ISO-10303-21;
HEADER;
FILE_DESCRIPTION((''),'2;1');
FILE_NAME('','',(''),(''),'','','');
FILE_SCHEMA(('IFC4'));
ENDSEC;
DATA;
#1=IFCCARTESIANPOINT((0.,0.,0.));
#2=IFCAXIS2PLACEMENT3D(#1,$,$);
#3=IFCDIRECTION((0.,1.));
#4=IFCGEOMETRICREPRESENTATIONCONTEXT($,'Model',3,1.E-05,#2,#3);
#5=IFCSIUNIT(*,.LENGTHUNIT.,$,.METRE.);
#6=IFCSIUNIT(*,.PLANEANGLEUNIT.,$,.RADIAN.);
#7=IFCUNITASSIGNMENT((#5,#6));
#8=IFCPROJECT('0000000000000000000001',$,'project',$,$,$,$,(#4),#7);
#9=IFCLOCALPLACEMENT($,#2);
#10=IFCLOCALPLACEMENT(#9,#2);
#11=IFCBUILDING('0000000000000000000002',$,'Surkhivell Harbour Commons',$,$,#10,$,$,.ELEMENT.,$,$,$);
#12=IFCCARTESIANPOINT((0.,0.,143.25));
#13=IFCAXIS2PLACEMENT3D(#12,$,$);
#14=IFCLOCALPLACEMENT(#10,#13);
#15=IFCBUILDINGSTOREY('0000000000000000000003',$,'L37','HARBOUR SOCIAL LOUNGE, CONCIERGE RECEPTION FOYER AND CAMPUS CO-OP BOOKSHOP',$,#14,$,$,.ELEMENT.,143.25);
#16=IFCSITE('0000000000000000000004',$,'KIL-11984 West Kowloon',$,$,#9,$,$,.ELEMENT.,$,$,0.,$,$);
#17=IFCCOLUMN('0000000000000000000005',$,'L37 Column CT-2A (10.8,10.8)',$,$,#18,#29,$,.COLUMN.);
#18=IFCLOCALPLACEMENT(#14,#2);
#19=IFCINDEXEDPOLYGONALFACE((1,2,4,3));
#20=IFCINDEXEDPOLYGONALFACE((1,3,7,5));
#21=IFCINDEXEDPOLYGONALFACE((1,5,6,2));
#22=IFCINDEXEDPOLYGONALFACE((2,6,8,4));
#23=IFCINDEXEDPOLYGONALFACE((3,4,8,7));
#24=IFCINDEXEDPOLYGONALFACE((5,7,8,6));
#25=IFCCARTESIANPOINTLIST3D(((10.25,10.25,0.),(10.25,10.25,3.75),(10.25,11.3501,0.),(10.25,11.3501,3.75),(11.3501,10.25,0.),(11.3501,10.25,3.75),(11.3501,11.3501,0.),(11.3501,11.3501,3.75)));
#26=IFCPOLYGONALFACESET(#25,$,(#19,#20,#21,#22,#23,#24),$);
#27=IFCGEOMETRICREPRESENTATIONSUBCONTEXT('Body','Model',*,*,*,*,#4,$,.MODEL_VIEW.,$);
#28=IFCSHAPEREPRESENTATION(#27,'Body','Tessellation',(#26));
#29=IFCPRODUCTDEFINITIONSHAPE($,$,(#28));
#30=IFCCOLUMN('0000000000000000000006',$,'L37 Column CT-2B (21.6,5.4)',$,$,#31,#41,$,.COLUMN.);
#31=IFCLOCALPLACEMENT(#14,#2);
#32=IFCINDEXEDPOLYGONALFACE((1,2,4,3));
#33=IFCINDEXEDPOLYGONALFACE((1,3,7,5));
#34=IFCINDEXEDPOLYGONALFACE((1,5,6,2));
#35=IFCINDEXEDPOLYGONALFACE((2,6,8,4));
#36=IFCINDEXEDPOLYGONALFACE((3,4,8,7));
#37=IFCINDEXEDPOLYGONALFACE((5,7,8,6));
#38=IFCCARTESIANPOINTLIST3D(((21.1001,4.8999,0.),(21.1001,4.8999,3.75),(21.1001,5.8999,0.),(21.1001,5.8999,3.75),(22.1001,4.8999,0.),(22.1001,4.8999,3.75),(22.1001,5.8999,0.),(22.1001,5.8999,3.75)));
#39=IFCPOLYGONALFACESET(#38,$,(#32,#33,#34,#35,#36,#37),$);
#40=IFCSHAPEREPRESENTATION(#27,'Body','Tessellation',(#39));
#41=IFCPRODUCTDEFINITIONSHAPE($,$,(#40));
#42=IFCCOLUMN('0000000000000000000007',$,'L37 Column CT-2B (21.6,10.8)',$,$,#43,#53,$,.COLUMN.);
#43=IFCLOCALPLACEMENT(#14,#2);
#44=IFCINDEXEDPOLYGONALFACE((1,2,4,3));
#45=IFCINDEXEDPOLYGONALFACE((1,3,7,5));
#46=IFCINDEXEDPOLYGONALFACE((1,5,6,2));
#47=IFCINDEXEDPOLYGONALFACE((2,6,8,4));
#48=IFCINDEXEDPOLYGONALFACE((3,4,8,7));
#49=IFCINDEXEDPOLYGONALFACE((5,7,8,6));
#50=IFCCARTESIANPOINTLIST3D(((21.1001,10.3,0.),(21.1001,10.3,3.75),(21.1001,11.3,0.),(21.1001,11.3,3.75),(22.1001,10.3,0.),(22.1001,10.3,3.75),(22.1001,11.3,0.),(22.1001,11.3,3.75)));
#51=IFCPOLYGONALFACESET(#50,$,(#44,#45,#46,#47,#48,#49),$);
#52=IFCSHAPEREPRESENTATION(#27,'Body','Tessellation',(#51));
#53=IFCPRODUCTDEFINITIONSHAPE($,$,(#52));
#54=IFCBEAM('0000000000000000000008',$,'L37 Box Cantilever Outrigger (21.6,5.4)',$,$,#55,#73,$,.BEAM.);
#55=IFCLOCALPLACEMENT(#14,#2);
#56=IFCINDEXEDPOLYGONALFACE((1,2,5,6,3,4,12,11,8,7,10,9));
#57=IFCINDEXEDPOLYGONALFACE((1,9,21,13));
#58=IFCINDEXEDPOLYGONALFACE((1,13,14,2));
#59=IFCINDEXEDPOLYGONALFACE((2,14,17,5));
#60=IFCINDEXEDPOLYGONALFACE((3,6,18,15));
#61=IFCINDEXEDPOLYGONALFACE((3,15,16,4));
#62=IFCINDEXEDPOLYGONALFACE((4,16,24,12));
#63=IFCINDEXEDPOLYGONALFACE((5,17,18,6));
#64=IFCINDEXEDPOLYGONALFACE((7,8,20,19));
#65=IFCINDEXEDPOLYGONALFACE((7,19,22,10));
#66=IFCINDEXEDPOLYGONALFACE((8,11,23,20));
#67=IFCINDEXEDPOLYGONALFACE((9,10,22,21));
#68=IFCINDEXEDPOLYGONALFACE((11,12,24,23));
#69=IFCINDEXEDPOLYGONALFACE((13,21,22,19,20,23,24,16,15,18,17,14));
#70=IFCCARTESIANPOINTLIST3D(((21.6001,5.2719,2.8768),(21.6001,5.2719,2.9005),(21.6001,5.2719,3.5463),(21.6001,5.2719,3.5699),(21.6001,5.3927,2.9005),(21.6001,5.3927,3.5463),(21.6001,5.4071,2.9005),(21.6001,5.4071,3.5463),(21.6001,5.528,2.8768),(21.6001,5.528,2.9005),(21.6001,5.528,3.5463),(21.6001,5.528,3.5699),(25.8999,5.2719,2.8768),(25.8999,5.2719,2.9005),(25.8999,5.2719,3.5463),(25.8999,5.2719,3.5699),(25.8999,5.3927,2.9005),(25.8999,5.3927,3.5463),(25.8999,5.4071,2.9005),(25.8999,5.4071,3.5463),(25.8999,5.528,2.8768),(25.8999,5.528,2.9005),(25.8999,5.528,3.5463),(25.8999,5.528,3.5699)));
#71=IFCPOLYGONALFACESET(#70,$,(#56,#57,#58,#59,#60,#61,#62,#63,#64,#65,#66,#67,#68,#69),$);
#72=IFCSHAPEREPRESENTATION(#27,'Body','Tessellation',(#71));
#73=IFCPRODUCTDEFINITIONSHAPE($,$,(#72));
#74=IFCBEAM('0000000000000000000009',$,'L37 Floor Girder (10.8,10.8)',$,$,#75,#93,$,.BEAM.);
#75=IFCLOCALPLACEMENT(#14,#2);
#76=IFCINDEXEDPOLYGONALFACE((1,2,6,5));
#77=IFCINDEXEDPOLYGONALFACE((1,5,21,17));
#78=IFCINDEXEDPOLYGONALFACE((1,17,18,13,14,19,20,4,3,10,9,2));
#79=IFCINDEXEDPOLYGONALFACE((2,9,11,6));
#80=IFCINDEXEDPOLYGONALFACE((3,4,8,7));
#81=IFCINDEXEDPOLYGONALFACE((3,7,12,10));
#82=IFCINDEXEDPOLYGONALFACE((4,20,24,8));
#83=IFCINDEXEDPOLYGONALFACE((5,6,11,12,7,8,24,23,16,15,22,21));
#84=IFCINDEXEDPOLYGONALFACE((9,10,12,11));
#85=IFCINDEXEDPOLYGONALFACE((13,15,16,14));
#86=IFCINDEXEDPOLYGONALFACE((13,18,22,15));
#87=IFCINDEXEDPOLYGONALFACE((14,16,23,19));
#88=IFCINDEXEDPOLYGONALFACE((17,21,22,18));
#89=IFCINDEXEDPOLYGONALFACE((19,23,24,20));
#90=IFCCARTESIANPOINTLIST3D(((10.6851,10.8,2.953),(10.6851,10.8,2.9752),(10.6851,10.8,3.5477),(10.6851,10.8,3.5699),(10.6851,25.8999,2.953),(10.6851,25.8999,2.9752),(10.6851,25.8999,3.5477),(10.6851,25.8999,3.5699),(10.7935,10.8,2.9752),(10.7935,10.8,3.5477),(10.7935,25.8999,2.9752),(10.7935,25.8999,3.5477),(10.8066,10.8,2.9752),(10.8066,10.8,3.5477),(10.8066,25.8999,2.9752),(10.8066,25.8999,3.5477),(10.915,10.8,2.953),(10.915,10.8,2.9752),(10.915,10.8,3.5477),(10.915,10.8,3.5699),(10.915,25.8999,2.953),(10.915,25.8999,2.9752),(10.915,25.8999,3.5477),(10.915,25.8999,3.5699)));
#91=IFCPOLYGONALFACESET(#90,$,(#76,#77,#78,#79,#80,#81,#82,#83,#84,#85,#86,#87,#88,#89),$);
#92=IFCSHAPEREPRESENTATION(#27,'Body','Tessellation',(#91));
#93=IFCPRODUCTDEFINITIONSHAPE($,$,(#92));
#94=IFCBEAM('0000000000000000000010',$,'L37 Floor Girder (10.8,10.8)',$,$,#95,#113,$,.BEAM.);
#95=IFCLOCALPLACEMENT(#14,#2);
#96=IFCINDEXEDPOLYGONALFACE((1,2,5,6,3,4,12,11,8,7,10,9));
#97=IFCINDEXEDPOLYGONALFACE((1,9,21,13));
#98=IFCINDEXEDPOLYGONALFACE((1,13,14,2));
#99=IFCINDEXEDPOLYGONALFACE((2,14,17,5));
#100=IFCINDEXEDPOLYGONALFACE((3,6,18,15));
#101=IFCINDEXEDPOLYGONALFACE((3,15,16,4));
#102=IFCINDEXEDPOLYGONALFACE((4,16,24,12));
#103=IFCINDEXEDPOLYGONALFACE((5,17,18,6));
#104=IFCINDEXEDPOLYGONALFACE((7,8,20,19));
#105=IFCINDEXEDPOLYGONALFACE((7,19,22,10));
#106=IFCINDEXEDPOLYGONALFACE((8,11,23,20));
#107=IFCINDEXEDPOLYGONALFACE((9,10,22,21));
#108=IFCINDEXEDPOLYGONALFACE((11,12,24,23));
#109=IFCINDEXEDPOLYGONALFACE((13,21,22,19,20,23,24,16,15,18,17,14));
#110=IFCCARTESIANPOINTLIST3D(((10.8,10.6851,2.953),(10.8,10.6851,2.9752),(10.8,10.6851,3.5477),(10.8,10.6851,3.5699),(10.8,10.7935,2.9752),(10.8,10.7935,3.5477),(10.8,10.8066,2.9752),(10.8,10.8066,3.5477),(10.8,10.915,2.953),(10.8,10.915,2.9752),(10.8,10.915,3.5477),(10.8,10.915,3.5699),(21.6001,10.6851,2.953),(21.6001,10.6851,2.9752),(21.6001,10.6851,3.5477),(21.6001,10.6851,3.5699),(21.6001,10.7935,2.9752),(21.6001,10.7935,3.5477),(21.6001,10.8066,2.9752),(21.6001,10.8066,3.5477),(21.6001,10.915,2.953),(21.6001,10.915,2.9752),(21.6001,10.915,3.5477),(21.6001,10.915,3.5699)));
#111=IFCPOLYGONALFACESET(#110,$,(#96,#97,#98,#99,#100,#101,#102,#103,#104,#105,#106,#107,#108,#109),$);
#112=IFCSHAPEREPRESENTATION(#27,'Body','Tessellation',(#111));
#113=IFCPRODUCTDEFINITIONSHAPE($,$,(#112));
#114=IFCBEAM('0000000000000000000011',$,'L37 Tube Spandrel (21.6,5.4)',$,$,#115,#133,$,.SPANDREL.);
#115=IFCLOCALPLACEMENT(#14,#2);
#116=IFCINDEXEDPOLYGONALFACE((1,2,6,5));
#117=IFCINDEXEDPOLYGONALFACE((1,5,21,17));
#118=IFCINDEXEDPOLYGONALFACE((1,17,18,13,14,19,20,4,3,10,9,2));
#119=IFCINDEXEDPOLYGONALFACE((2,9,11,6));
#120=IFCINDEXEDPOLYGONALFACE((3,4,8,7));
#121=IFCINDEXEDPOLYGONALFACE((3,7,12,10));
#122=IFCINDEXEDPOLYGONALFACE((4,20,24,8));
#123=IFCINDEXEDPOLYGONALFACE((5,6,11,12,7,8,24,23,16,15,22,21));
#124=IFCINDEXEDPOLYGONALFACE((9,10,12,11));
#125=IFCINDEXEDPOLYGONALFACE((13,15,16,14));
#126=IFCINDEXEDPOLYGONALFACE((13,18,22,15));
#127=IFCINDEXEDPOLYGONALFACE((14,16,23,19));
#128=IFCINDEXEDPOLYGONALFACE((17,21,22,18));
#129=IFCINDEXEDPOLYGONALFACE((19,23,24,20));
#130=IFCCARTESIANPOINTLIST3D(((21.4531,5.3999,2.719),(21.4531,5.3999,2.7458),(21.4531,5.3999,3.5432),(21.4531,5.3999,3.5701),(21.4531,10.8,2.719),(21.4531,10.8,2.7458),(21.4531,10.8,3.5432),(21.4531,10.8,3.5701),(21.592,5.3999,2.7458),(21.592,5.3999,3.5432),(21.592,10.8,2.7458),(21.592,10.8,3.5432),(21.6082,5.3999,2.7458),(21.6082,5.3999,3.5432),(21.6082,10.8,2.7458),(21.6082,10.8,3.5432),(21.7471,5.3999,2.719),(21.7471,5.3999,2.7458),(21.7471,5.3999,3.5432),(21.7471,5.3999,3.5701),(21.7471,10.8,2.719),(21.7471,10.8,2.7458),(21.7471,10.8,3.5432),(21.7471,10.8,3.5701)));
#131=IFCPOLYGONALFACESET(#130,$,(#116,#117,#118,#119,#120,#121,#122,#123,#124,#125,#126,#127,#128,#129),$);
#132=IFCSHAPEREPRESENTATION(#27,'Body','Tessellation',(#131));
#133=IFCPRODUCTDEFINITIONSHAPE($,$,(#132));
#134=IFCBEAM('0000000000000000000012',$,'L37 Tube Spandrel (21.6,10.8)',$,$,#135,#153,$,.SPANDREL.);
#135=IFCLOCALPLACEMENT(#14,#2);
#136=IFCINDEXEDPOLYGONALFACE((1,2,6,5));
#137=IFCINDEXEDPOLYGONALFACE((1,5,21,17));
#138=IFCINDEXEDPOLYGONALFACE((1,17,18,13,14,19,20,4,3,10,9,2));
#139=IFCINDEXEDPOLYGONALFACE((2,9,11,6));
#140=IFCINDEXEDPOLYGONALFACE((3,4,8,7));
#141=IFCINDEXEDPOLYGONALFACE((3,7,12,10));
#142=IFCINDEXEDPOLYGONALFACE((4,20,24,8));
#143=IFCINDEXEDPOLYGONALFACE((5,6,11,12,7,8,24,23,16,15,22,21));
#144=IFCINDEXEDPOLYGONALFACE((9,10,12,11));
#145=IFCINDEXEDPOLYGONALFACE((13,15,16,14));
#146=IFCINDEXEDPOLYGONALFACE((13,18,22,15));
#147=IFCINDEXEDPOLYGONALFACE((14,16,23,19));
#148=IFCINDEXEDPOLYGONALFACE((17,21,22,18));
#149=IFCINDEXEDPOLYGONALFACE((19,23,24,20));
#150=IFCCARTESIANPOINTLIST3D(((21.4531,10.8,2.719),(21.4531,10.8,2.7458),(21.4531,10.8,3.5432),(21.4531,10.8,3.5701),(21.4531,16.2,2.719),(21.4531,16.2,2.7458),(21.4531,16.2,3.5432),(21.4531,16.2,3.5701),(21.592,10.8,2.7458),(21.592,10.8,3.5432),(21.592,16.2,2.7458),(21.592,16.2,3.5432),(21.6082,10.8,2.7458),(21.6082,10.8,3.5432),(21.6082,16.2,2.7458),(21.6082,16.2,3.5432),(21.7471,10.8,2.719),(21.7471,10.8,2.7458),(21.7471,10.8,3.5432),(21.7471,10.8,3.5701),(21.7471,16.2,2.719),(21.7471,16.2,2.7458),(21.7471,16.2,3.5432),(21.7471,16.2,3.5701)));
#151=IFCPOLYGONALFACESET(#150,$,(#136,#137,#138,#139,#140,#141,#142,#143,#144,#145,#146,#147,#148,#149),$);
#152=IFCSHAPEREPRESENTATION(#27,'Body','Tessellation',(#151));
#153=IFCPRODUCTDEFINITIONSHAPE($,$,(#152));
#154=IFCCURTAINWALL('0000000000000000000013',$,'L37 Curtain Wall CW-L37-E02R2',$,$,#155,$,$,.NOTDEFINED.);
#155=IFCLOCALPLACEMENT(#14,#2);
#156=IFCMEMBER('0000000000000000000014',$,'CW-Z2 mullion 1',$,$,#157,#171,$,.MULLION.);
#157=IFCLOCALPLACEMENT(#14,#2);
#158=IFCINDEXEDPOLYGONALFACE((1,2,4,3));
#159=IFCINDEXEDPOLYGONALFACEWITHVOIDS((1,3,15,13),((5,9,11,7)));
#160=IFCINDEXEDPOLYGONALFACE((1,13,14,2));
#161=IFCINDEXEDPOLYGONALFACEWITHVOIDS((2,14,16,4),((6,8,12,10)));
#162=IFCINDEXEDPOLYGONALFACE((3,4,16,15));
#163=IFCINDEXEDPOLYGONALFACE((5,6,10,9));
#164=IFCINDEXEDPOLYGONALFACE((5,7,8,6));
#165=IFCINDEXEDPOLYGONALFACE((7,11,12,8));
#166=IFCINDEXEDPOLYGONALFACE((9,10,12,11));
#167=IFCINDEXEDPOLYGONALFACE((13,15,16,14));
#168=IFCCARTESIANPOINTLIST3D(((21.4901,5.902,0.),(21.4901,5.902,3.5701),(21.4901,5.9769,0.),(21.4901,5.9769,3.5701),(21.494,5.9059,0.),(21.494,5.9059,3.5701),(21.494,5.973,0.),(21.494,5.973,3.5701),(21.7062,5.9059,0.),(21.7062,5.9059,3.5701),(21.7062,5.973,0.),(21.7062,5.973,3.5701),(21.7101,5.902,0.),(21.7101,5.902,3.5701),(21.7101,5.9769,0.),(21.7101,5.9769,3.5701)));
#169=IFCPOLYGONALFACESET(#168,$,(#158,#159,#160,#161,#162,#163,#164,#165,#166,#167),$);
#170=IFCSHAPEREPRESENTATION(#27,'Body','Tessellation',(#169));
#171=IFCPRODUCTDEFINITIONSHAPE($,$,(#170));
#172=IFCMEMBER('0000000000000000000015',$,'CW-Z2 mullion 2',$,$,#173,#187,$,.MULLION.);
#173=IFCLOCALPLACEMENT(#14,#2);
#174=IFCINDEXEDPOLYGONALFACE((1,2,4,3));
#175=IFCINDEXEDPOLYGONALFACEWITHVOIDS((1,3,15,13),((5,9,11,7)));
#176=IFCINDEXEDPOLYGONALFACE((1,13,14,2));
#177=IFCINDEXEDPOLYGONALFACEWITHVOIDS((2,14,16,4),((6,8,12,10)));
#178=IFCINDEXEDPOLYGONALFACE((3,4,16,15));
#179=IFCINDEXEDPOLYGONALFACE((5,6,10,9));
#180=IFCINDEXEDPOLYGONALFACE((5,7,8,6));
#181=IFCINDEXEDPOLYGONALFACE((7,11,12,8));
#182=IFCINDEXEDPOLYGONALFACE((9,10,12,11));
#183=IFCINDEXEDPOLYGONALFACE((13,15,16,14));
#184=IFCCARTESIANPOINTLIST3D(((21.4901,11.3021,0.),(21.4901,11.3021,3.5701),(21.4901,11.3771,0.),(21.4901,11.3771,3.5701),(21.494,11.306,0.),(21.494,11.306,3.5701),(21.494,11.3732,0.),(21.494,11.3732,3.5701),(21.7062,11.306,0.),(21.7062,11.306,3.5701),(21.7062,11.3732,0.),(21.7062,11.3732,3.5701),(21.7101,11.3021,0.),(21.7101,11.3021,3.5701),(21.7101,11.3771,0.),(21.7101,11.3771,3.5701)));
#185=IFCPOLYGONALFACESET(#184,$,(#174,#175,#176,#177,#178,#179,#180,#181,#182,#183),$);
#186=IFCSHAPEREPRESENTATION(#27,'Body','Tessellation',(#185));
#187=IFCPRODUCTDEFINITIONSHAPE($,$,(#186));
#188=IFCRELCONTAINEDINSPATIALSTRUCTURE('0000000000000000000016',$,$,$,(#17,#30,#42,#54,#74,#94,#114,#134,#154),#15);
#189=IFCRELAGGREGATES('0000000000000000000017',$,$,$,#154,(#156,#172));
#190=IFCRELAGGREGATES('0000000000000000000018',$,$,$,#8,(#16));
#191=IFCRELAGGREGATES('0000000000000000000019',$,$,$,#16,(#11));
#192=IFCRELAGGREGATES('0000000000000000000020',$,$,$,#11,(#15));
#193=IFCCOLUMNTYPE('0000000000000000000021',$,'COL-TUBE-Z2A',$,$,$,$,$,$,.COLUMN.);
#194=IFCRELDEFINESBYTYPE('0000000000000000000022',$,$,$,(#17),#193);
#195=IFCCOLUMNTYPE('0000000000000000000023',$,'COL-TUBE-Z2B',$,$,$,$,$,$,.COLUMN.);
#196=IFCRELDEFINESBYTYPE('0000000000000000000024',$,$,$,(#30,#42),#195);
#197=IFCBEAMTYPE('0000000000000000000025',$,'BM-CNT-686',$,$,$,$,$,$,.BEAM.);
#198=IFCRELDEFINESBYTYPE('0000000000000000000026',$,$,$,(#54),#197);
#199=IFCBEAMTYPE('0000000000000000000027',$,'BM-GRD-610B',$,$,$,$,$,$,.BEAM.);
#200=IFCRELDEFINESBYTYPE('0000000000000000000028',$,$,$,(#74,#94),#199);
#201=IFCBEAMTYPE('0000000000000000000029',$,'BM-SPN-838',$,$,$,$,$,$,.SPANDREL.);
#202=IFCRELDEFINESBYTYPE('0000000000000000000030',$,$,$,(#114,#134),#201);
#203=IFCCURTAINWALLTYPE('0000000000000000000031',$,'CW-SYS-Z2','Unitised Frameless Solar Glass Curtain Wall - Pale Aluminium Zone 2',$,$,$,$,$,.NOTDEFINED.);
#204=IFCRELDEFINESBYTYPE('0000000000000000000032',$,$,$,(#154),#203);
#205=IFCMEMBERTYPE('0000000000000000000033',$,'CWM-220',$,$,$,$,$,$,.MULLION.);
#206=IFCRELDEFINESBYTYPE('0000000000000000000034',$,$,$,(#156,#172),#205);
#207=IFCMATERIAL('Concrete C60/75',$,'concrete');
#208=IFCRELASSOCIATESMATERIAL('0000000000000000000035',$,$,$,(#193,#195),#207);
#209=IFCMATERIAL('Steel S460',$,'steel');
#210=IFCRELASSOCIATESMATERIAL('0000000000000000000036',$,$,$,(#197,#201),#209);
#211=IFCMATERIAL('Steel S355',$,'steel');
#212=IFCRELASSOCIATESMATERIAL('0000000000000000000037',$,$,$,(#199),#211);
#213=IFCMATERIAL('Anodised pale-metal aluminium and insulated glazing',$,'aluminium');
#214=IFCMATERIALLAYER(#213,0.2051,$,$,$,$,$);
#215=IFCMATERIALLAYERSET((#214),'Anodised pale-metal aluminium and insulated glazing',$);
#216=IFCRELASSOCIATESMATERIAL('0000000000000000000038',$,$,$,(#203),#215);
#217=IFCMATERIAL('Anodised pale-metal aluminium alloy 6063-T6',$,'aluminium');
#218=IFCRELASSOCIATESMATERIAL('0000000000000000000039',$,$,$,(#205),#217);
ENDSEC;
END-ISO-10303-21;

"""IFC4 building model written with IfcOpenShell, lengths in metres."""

from ifc_helpers import new_model, si_unit, direction, frame, origin, origin_2d, place, context, subcontext, project, spatial, rectangle, hollow_rectangle, i_section, extrude, material, layer, layer_set, material_profile, profile_set, type_object, element, aggregate, save


model = new_model("IFC4")

# Units and contexts
model_context = context("Model", 3, precision=1e-05, world=origin(), true_north=direction((0.0, 1.0)))
body_context = subcontext(model_context, "Body", "Model", "MODEL_VIEW")
ifc_project = project(units=[si_unit("LENGTHUNIT", "METRE"), si_unit("PLANEANGLEUNIT", "RADIAN")], contexts=[model_context])

# Site, building, storey
site_placement = place(None, origin())
site = spatial("IfcSite", under=ifc_project, at=site_placement, Name="KIL-11984 West Kowloon", CompositionType="ELEMENT", RefElevation=0.0)
building_placement = place(site_placement, origin())
building = spatial("IfcBuilding", under=site, at=building_placement, Name="Surkhivell Harbour Commons", CompositionType="ELEMENT")
storey_placement = place(building_placement, frame((0.0, 0.0, 143.25)))
storey = spatial("IfcBuildingStorey", under=building, at=storey_placement, Name="L37", Description="HARBOUR SOCIAL LOUNGE, CONCIERGE RECEPTION FOYER AND CAMPUS CO-OP BOOKSHOP", CompositionType="ELEMENT", Elevation=143.25)

# Columns
ifc_material_1 = material(Name="Concrete C60/75", Category="concrete")
ifc_material_profile_1 = material_profile(ifc_material_1, rectangle(XDim=1.1001, YDim=1.1001, at=origin_2d()), Name="RC-COL-1100x1100")
ifc_profile_set_1 = profile_set([ifc_material_profile_1], Name="Concrete C60/75")
column_type_1 = type_object("IfcColumnType", Name="COL-TUBE-Z2A", PredefinedType="COLUMN", material=ifc_profile_set_1)
column_placement = place(storey_placement, frame((10.8, 10.8, 0.0), z_axis=(0.0, 0.0, 1.0), x_axis=(1.0, 0.0, 0.0)))
element("IfcColumn", 1, at=column_placement, inside=storey, type_object=column_type_1, Name="L37 Column CT-2A (10.8,10.8)", PredefinedType="COLUMN", context=body_context, shape_type="SweptSolid", body=[
    extrude(rectangle(XDim=1.1001, YDim=1.1001, at=origin_2d()), origin(), (0.0, 0.0, 1.0), 3.75),
])
ifc_material_profile_2 = material_profile(ifc_material_1, rectangle(XDim=1.0, YDim=1.0, at=origin_2d()), Name="RC-COL-1000x1000")
ifc_profile_set_2 = profile_set([ifc_material_profile_2], Name="Concrete C60/75")
column_type_2 = type_object("IfcColumnType", Name="COL-TUBE-Z2B", PredefinedType="COLUMN", material=ifc_profile_set_2)
for number, where, z_axis, x_axis, name in (
    (2, (21.6001, 5.3999, 0.0), (0.0, 0.0, 1.0), (1.0, 0.0, 0.0), "L37 Column CT-2B (21.6,5.4)"),
    (3, (21.6001, 10.8, 0.0), (0.0, 0.0, 1.0), (1.0, 0.0, 0.0), "L37 Column CT-2B (21.6,10.8)"),
):
    element("IfcColumn", number, at=place(storey_placement, frame(where, z_axis=z_axis, x_axis=x_axis)), inside=storey, type_object=column_type_2, Name=name, PredefinedType="COLUMN", context=body_context, shape_type="SweptSolid", body=[
        extrude(rectangle(XDim=1.0, YDim=1.0, at=origin_2d()), origin(), (0.0, 0.0, 1.0), 3.75),
    ])

# Beams
ifc_material_2 = material(Name="Steel S460", Category="steel")
ifc_material_profile_3 = material_profile(ifc_material_2, i_section(OverallWidth=0.2561, OverallDepth=0.6931, WebThickness=0.0144, FlangeThickness=0.0237, at=origin_2d()), Name="UB686x254x170")
ifc_profile_set_3 = profile_set([ifc_material_profile_3], Name="Steel S460")
beam_type_1 = type_object("IfcBeamType", Name="BM-CNT-686", PredefinedType="BEAM", material=ifc_profile_set_3)
beam_1_placement = place(storey_placement, frame((21.6001, 5.3999, 3.2234), z_axis=(1.0, 0.0, 0.0), x_axis=(0.0, 1.0, 0.0)))
element("IfcBeam", 4, at=beam_1_placement, inside=storey, type_object=beam_type_1, Name="L37 Box Cantilever Outrigger (21.6,5.4)", PredefinedType="BEAM", context=body_context, shape_type="SweptSolid", body=[
    extrude(i_section(OverallWidth=0.2561, OverallDepth=0.6931, WebThickness=0.0144, FlangeThickness=0.0237, at=origin_2d()), origin(), (0.0, 0.0, 1.0), 4.2998),
])
ifc_material_3 = material(Name="Steel S355", Category="steel")
ifc_material_profile_4 = material_profile(ifc_material_3, i_section(OverallWidth=0.23, OverallDepth=0.6169, WebThickness=0.0132, FlangeThickness=0.0222, at=origin_2d()), Name="UB610x229x140")
ifc_profile_set_4 = profile_set([ifc_material_profile_4], Name="Steel S355")
beam_type_2 = type_object("IfcBeamType", Name="BM-GRD-610B", PredefinedType="BEAM", material=ifc_profile_set_4)
beam_2_placement = place(storey_placement, frame((10.8, 10.8, 3.2615), z_axis=(0.0, 1.0, 0.0), x_axis=(-1.0, 0.0, 0.0)))
element("IfcBeam", 5, at=beam_2_placement, inside=storey, type_object=beam_type_2, Name="L37 Floor Girder (10.8,10.8)", PredefinedType="BEAM", context=body_context, shape_type="SweptSolid", body=[
    extrude(i_section(OverallWidth=0.23, OverallDepth=0.6169, WebThickness=0.0132, FlangeThickness=0.0222, at=origin_2d()), origin(), (0.0, 0.0, 1.0), 15.0999),
])
beam_3_placement = place(storey_placement, frame((10.8, 10.8, 3.2615), z_axis=(1.0, 0.0, 0.0), x_axis=(0.0, 1.0, 0.0)))
element("IfcBeam", 6, at=beam_3_placement, inside=storey, type_object=beam_type_2, Name="L37 Floor Girder (10.8,10.8)", PredefinedType="BEAM", context=body_context, shape_type="SweptSolid", body=[
    extrude(i_section(OverallWidth=0.23, OverallDepth=0.6169, WebThickness=0.0132, FlangeThickness=0.0222, at=origin_2d()), origin(), (0.0, 0.0, 1.0), 10.8),
])
ifc_material_profile_5 = material_profile(ifc_material_2, i_section(OverallWidth=0.2939, OverallDepth=0.8511, WebThickness=0.0161, FlangeThickness=0.0269, at=origin_2d()), Name="UB838x292x226")
ifc_profile_set_5 = profile_set([ifc_material_profile_5], Name="Steel S460")
beam_type_3 = type_object("IfcBeamType", Name="BM-SPN-838", PredefinedType="SPANDREL", material=ifc_profile_set_5)
beam_4_placement = place(storey_placement, frame((21.6001, 5.3999, 3.1445), z_axis=(0.0, 1.0, 0.0), x_axis=(-1.0, 0.0, 0.0)))
element("IfcBeam", 7, at=beam_4_placement, inside=storey, type_object=beam_type_3, Name="L37 Tube Spandrel (21.6,5.4)", PredefinedType="SPANDREL", context=body_context, shape_type="SweptSolid", body=[
    extrude(i_section(OverallWidth=0.2939, OverallDepth=0.8511, WebThickness=0.0161, FlangeThickness=0.0269, at=origin_2d()), origin(), (0.0, 0.0, 1.0), 5.4001),
])
beam_5_placement = place(storey_placement, frame((21.6001, 10.8, 3.1445), z_axis=(0.0, 1.0, 0.0), x_axis=(-1.0, 0.0, 0.0)))
element("IfcBeam", 8, at=beam_5_placement, inside=storey, type_object=beam_type_3, Name="L37 Tube Spandrel (21.6,10.8)", PredefinedType="SPANDREL", context=body_context, shape_type="SweptSolid", body=[
    extrude(i_section(OverallWidth=0.2939, OverallDepth=0.8511, WebThickness=0.0161, FlangeThickness=0.0269, at=origin_2d()), origin(), (0.0, 0.0, 1.0), 5.3999),
])

# Curtain wall, members
ifc_material_4 = material(Name="Anodised pale-metal aluminium and insulated glazing", Category="aluminium")
ifc_layer_1 = layer(ifc_material_4, 0.2051)
ifc_layer_set_1 = layer_set([ifc_layer_1], Name="Anodised pale-metal aluminium and insulated glazing")
curtain_wall_type = type_object("IfcCurtainWallType", Name="CW-SYS-Z2", Description="Unitised Frameless Solar Glass Curtain Wall - Pale Aluminium Zone 2", PredefinedType="NOTDEFINED", material=ifc_layer_set_1)
curtain_wall_placement = place(storey_placement, origin())
curtain_wall = element("IfcCurtainWall", 9, at=curtain_wall_placement, inside=storey, type_object=curtain_wall_type, Name="L37 Curtain Wall CW-L37-E02R2", PredefinedType="NOTDEFINED")
ifc_material_5 = material(Name="Anodised pale-metal aluminium alloy 6063-T6", Category="aluminium")
ifc_material_profile_6 = material_profile(ifc_material_5, hollow_rectangle(XDim=0.075, YDim=0.22, WallThickness=0.0039, at=origin_2d()), Name="ALU-MULL-75x220")
ifc_profile_set_6 = profile_set([ifc_material_profile_6], Name="Anodised pale-metal aluminium alloy 6063-T6")
member_type_1 = type_object("IfcMemberType", Name="CWM-220", PredefinedType="MULLION", material=ifc_profile_set_6)
member_1_placement = place(storey_placement, frame((21.6001, 5.9395, 0.0), z_axis=(0.0, 0.0, 1.0), x_axis=(0.0, 1.0, 0.0)))
member_1 = element("IfcMember", 10, at=member_1_placement, type_object=member_type_1, Name="CW-Z2 mullion 1", PredefinedType="MULLION", context=body_context, shape_type="SweptSolid", body=[
    extrude(hollow_rectangle(XDim=0.075, YDim=0.22, WallThickness=0.0039, at=origin_2d()), origin(), (0.0, 0.0, 1.0), 3.5701),
])
member_2_placement = place(storey_placement, frame((21.6001, 11.3396, 0.0), z_axis=(0.0, 0.0, 1.0), x_axis=(0.0, 1.0, 0.0)))
member_2 = element("IfcMember", 11, at=member_2_placement, type_object=member_type_1, Name="CW-Z2 mullion 2", PredefinedType="MULLION", context=body_context, shape_type="SweptSolid", body=[
    extrude(hollow_rectangle(XDim=0.075, YDim=0.22, WallThickness=0.0039, at=origin_2d()), origin(), (0.0, 0.0, 1.0), 3.5701),
])
aggregate(curtain_wall, [member_1, member_2])

save(model, "model.ifc")
